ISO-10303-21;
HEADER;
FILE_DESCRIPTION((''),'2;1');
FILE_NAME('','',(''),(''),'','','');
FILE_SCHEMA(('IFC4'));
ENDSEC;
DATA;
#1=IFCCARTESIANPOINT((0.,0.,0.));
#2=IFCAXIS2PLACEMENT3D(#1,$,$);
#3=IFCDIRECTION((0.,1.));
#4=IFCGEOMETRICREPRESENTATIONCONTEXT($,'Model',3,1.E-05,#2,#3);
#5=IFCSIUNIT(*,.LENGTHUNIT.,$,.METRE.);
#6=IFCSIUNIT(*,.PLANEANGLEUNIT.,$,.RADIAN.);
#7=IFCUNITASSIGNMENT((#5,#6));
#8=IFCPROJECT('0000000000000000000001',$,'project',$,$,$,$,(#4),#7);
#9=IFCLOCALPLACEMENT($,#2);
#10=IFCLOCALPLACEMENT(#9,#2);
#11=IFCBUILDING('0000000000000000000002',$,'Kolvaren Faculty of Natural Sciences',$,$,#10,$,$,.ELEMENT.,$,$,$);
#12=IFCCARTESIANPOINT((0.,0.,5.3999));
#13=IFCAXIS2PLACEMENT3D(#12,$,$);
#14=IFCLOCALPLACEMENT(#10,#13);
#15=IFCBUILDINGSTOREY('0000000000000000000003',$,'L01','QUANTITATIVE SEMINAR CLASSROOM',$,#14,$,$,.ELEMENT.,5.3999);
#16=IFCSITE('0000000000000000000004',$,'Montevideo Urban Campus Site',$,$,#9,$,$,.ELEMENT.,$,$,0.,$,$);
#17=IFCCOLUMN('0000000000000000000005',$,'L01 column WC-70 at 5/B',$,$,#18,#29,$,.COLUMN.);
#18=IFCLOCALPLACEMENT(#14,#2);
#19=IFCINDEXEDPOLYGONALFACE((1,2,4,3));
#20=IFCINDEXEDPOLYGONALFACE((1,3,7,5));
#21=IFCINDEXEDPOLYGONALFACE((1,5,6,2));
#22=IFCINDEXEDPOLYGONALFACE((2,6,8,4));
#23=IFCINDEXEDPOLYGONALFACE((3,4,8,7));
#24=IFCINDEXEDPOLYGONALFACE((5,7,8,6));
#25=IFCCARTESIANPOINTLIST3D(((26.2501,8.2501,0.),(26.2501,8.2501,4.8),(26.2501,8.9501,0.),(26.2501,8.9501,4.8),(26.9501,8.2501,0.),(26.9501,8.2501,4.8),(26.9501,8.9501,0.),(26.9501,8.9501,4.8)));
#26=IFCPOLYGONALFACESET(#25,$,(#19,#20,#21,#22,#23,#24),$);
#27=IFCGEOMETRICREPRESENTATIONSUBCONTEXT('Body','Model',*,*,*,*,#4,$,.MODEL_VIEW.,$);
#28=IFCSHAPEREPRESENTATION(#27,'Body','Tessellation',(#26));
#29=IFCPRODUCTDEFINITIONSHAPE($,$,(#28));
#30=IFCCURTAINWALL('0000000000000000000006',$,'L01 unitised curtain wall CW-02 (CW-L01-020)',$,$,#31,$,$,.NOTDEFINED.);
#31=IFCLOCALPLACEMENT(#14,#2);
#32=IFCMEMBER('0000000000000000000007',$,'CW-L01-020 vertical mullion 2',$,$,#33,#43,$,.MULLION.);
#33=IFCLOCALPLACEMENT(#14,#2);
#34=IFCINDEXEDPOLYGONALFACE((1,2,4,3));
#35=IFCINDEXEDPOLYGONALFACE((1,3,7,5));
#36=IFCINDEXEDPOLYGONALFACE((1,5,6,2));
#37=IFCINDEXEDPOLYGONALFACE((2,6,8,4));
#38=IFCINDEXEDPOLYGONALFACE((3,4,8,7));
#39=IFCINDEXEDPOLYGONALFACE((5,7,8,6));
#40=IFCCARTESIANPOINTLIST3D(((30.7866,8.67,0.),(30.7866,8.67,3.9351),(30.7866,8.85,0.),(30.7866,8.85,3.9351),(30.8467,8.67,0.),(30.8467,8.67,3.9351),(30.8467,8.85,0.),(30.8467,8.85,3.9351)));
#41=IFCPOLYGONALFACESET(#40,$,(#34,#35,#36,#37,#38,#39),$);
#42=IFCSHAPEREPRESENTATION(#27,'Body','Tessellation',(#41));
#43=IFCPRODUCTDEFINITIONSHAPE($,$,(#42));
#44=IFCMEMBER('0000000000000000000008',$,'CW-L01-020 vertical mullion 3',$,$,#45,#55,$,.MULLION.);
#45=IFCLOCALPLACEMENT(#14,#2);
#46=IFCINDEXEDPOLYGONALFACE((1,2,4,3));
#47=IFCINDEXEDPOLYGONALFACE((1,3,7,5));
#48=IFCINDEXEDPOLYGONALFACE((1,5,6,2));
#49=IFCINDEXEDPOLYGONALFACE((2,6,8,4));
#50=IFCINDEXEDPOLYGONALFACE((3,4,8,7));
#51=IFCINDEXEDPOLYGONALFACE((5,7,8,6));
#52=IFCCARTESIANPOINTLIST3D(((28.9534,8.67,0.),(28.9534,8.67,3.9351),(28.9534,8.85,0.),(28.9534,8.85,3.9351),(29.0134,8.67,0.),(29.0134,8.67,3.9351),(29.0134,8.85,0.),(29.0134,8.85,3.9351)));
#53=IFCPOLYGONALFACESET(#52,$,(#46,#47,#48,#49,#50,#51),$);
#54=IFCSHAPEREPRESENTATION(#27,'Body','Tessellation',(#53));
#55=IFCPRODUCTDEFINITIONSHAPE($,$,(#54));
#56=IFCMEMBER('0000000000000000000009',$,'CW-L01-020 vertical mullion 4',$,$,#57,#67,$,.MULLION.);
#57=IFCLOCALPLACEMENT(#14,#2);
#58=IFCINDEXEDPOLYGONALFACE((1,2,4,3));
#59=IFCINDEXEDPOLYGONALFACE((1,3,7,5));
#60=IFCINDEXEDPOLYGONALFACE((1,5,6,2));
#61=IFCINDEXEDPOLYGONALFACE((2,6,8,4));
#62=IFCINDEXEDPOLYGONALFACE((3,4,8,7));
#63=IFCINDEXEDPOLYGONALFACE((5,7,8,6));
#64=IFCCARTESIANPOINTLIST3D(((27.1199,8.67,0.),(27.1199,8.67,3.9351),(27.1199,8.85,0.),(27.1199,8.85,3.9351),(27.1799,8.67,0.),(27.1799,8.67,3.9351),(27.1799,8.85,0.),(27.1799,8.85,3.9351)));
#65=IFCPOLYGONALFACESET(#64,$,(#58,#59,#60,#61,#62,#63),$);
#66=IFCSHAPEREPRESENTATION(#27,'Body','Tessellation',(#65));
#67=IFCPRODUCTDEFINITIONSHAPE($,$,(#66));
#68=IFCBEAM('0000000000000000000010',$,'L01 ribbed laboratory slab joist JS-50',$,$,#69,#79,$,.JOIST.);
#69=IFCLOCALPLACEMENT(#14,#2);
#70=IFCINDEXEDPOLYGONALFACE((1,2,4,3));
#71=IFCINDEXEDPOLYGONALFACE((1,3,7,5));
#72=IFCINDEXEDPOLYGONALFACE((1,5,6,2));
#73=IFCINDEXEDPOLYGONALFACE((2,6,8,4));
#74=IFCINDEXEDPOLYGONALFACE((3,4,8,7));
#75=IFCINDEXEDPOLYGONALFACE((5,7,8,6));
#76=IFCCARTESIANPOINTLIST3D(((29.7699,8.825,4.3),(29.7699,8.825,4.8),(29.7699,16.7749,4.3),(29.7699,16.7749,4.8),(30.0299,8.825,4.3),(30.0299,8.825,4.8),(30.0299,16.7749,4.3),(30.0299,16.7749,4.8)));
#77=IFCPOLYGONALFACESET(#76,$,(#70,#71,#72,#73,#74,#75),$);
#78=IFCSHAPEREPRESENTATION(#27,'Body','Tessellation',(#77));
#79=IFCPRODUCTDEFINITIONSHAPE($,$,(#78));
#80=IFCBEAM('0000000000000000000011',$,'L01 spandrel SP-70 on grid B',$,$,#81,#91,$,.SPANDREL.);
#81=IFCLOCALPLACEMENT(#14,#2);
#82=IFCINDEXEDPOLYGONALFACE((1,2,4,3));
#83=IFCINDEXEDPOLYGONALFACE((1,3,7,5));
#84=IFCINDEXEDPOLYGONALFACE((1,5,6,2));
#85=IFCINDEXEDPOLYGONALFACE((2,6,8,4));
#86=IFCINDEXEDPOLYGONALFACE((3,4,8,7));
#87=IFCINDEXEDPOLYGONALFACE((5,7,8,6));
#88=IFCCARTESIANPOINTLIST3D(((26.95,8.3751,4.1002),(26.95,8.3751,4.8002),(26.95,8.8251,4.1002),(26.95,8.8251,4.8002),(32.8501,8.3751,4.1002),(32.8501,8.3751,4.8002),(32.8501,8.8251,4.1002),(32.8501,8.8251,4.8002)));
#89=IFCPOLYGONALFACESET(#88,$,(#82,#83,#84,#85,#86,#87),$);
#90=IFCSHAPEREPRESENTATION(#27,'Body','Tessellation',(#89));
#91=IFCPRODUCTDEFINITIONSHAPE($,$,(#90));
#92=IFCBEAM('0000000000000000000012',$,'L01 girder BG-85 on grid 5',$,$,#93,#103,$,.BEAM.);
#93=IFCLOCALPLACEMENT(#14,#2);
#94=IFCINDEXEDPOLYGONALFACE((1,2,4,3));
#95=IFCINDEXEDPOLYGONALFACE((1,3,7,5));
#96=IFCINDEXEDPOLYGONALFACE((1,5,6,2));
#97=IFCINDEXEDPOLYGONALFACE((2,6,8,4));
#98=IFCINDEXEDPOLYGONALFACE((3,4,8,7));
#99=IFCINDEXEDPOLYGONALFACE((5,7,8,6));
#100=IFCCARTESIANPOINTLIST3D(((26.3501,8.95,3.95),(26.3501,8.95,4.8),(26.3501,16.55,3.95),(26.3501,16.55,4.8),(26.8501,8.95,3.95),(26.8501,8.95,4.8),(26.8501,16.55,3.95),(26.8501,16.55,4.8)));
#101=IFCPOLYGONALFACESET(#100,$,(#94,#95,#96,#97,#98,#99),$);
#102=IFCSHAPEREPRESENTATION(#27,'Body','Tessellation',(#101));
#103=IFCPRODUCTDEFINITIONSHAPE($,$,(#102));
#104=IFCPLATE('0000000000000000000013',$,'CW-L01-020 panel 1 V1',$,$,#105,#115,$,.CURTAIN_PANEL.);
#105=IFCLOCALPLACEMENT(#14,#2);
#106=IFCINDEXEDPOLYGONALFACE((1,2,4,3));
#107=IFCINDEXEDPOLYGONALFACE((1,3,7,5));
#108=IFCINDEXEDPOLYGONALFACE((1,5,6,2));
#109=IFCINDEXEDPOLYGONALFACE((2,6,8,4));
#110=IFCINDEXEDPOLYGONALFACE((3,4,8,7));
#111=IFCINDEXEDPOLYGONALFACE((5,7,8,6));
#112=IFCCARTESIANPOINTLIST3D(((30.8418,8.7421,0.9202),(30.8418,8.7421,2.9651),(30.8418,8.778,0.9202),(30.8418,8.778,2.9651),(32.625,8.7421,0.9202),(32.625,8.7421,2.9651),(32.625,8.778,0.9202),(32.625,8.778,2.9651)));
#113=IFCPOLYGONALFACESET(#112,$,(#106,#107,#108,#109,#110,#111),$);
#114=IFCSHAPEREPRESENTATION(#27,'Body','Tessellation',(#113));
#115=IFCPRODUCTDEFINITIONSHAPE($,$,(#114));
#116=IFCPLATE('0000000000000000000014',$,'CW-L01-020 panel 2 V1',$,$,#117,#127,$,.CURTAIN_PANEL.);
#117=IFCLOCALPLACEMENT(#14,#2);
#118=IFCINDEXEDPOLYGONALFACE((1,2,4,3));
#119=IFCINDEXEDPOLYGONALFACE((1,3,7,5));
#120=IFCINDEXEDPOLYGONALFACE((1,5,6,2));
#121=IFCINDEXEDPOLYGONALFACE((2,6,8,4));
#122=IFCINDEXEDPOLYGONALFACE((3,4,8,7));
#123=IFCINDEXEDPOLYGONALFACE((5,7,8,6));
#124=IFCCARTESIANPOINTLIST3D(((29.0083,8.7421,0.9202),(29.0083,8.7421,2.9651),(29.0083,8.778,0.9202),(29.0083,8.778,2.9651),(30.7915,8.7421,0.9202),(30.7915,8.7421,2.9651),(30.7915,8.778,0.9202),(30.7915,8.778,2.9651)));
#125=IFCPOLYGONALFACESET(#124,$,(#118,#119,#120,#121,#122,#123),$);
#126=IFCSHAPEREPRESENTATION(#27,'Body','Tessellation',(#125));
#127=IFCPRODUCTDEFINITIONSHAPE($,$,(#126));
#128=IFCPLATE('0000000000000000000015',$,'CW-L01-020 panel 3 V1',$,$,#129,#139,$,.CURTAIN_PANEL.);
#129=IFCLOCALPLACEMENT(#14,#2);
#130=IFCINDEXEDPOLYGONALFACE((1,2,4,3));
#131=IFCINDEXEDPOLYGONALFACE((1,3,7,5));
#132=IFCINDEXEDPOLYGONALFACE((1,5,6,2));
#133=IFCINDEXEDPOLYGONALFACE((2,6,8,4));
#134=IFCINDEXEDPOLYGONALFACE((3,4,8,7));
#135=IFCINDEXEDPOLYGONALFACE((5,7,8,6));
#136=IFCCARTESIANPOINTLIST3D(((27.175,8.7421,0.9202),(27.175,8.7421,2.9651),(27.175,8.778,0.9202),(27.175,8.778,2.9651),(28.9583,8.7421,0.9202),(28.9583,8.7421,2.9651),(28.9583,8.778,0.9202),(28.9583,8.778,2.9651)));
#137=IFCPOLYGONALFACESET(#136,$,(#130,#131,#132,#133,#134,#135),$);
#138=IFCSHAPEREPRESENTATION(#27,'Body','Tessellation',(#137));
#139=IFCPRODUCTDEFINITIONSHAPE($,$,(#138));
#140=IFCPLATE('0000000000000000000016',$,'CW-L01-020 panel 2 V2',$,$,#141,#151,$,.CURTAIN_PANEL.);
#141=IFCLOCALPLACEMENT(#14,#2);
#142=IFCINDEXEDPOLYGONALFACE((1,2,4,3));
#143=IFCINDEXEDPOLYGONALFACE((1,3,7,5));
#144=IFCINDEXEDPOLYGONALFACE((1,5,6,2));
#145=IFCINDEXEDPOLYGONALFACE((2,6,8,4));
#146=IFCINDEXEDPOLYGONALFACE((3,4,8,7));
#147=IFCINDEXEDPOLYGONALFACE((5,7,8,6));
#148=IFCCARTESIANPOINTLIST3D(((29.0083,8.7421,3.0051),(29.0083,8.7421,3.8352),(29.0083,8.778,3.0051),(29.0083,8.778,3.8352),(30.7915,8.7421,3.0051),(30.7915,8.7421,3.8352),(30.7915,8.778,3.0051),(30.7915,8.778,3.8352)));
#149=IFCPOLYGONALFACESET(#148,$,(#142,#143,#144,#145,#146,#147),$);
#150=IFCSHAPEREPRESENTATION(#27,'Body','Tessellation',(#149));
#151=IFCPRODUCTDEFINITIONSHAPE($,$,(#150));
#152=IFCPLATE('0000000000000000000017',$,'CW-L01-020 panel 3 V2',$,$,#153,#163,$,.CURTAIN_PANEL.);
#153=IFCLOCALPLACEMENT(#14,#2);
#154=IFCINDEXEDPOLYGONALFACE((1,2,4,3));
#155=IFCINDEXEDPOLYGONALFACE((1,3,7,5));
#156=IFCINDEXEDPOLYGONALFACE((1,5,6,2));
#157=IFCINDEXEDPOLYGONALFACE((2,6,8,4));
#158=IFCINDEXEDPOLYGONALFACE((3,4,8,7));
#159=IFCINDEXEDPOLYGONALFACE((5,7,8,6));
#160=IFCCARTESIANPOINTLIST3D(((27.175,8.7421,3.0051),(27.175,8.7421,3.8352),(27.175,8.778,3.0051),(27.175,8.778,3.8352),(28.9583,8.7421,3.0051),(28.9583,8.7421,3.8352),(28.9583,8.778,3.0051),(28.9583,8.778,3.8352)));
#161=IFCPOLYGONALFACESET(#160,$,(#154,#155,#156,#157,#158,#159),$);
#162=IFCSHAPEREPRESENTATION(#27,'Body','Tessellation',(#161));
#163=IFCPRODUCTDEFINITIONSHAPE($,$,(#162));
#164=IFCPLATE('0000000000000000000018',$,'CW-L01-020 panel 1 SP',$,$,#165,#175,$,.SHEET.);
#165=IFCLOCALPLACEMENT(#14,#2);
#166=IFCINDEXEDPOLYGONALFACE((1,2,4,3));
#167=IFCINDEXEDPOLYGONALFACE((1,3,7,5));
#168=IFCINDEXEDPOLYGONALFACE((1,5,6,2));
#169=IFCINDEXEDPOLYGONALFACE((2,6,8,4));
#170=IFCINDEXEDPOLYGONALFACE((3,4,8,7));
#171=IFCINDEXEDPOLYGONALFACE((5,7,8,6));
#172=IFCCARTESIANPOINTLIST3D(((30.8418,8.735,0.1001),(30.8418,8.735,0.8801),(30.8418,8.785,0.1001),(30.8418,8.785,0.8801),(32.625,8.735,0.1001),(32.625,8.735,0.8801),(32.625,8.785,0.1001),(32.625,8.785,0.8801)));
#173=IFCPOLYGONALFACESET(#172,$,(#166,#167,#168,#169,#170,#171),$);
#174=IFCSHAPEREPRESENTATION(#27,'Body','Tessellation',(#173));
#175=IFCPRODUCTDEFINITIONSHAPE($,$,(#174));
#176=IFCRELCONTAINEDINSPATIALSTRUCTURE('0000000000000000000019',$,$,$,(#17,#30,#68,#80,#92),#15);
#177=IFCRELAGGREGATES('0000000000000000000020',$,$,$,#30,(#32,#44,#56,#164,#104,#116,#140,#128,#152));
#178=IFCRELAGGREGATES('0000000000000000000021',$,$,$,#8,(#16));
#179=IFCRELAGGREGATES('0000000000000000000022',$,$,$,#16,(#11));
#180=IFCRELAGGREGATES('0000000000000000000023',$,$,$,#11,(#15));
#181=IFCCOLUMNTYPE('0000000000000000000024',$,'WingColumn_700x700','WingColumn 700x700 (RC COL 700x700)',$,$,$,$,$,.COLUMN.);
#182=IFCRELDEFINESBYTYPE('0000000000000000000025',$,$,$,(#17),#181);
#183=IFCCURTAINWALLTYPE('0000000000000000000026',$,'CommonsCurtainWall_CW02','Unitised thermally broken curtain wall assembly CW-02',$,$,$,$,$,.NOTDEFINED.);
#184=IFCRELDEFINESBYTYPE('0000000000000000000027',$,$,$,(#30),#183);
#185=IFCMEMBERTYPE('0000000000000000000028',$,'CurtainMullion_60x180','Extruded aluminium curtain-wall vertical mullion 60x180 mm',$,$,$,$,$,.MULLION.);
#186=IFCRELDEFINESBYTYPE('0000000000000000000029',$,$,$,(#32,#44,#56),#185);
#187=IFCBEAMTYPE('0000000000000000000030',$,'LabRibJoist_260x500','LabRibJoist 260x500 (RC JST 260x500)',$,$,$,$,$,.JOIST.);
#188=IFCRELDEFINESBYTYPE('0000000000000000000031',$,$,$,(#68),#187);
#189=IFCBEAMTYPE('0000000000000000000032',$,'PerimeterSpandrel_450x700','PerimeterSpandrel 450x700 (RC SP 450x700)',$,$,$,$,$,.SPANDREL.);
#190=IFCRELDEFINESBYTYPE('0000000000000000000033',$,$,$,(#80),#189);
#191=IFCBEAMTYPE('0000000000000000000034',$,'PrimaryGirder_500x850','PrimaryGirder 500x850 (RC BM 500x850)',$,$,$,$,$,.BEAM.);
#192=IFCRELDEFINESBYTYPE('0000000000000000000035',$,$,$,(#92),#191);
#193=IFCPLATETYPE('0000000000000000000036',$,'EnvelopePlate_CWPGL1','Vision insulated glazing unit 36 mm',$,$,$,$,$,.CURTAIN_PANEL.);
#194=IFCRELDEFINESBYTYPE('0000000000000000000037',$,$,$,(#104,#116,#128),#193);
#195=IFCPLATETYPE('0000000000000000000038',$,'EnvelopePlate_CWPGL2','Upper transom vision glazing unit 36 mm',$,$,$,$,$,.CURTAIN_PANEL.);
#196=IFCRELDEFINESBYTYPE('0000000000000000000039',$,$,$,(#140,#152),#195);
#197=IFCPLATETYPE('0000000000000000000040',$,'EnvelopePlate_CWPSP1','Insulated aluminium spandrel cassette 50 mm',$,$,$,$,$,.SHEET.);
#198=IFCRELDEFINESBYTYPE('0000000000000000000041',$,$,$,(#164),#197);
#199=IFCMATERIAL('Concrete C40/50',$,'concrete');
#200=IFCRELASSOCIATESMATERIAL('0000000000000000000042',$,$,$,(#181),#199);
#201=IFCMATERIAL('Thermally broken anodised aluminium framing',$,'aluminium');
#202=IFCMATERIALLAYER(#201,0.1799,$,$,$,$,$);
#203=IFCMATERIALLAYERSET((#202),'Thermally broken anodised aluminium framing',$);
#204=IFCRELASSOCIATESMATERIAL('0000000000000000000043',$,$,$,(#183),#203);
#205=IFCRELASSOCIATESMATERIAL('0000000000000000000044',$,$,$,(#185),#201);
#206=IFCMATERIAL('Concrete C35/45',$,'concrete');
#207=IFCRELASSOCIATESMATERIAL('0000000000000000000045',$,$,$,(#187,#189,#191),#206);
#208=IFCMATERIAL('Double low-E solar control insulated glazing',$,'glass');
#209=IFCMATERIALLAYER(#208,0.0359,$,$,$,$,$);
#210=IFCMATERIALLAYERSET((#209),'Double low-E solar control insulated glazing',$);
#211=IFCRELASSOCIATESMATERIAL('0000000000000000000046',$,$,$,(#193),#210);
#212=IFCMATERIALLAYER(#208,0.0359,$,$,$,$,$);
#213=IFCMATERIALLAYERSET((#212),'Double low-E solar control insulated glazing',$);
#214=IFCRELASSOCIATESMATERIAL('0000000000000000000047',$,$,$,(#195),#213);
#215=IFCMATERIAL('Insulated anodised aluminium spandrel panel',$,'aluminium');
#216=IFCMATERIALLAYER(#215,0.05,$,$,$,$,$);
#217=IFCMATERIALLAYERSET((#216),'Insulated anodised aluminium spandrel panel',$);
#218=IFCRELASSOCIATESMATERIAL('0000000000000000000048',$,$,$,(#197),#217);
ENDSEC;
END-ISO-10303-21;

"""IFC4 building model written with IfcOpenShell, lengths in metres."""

from ifc_helpers import new_model, si_unit, direction, frame, origin, origin_2d, place, context, subcontext, project, spatial, rectangle, extrude, material, layer, layer_set, material_profile, profile_set, type_object, element, aggregate, save


model = new_model("IFC4")

# Units and contexts
model_context = context("Model", 3, precision=1e-05, world=origin(), true_north=direction((0.0, 1.0)))
body_context = subcontext(model_context, "Body", "Model", "MODEL_VIEW")
ifc_project = project(units=[si_unit("LENGTHUNIT", "METRE"), si_unit("PLANEANGLEUNIT", "RADIAN")], contexts=[model_context])

# Site, building, storey
site_placement = place(None, origin())
site = spatial("IfcSite", under=ifc_project, at=site_placement, Name="Montevideo Urban Campus Site", CompositionType="ELEMENT", RefElevation=0.0)
building_placement = place(site_placement, origin())
building = spatial("IfcBuilding", under=site, at=building_placement, Name="Kolvaren Faculty of Natural Sciences", CompositionType="ELEMENT")
storey_placement = place(building_placement, frame((0.0, 0.0, 5.3999)))
storey = spatial("IfcBuildingStorey", under=building, at=storey_placement, Name="L01", Description="QUANTITATIVE SEMINAR CLASSROOM", CompositionType="ELEMENT", Elevation=5.3999)

# Column
ifc_material_1 = material(Name="Concrete C40/50", Category="concrete")
ifc_material_profile_1 = material_profile(ifc_material_1, rectangle(XDim=0.7, YDim=0.7, at=origin_2d()), Name="RC COL 700x700")
ifc_profile_set_1 = profile_set([ifc_material_profile_1], Name="Concrete C40/50")
column_type = type_object("IfcColumnType", Name="WingColumn_700x700", Description="WingColumn 700x700 (RC COL 700x700)", PredefinedType="COLUMN", material=ifc_profile_set_1)
column_placement = place(storey_placement, frame((26.6001, 8.6001, 0.0), z_axis=(0.0, 0.0, 1.0), x_axis=(1.0, 0.0, 0.0)))
element("IfcColumn", 1, at=column_placement, inside=storey, type_object=column_type, Name="L01 column WC-70 at 5/B", PredefinedType="COLUMN", context=body_context, shape_type="SweptSolid", body=[
    extrude(rectangle(XDim=0.7, YDim=0.7, at=origin_2d()), origin(), (0.0, 0.0, 1.0), 4.8),
])

# Curtain wall, members
ifc_material_2 = material(Name="Thermally broken anodised aluminium framing", Category="aluminium")
ifc_layer_1 = layer(ifc_material_2, 0.1799)
ifc_layer_set_1 = layer_set([ifc_layer_1], Name="Thermally broken anodised aluminium framing")
curtain_wall_type = type_object("IfcCurtainWallType", Name="CommonsCurtainWall_CW02", Description="Unitised thermally broken curtain wall assembly CW-02", PredefinedType="NOTDEFINED", material=ifc_layer_set_1)
curtain_wall_placement = place(storey_placement, origin())
curtain_wall = element("IfcCurtainWall", 2, at=curtain_wall_placement, inside=storey, type_object=curtain_wall_type, Name="L01 unitised curtain wall CW-02 (CW-L01-020)", PredefinedType="NOTDEFINED")
ifc_material_profile_2 = material_profile(ifc_material_2, rectangle(XDim=0.0601, YDim=0.1799, at=origin_2d()), Name="ALU MUL 60x180")
ifc_profile_set_2 = profile_set([ifc_material_profile_2], Name="Thermally broken anodised aluminium framing")
member_type = type_object("IfcMemberType", Name="CurtainMullion_60x180", Description="Extruded aluminium curtain-wall vertical mullion 60x180 mm", PredefinedType="MULLION", material=ifc_profile_set_2)
member_1_placement = place(storey_placement, frame((30.8167, 8.76, 0.0), z_axis=(0.0, 0.0, 1.0), x_axis=(-1.0, 0.0, 0.0)))
member_1 = element("IfcMember", 3, at=member_1_placement, type_object=member_type, Name="CW-L01-020 vertical mullion 2", PredefinedType="MULLION", context=body_context, shape_type="SweptSolid", body=[
    extrude(rectangle(XDim=0.0601, YDim=0.1799, at=origin_2d()), origin(), (0.0, 0.0, 1.0), 3.9351),
])
member_2_placement = place(storey_placement, frame((28.9834, 8.76, 0.0), z_axis=(0.0, 0.0, 1.0), x_axis=(-1.0, 0.0, 0.0)))
member_2 = element("IfcMember", 4, at=member_2_placement, type_object=member_type, Name="CW-L01-020 vertical mullion 3", PredefinedType="MULLION", context=body_context, shape_type="SweptSolid", body=[
    extrude(rectangle(XDim=0.0601, YDim=0.1799, at=origin_2d()), origin(), (0.0, 0.0, 1.0), 3.9351),
])
member_3_placement = place(storey_placement, frame((27.1499, 8.76, 0.0), z_axis=(0.0, 0.0, 1.0), x_axis=(-1.0, 0.0, 0.0)))
member_3 = element("IfcMember", 5, at=member_3_placement, type_object=member_type, Name="CW-L01-020 vertical mullion 4", PredefinedType="MULLION", context=body_context, shape_type="SweptSolid", body=[
    extrude(rectangle(XDim=0.0601, YDim=0.1799, at=origin_2d()), origin(), (0.0, 0.0, 1.0), 3.9351),
])

# Beams
ifc_material_3 = material(Name="Concrete C35/45", Category="concrete")
ifc_material_profile_3 = material_profile(ifc_material_3, rectangle(XDim=0.26, YDim=0.5, at=origin_2d()), Name="RC JST 260x500")
ifc_profile_set_3 = profile_set([ifc_material_profile_3], Name="Concrete C35/45")
beam_type_1 = type_object("IfcBeamType", Name="LabRibJoist_260x500", Description="LabRibJoist 260x500 (RC JST 260x500)", PredefinedType="JOIST", material=ifc_profile_set_3)
beam_1_placement = place(storey_placement, frame((29.8999, 8.825, 4.55), z_axis=(0.0, 1.0, 0.0), x_axis=(-1.0, 0.0, 0.0)))
element("IfcBeam", 6, at=beam_1_placement, inside=storey, type_object=beam_type_1, Name="L01 ribbed laboratory slab joist JS-50", PredefinedType="JOIST", context=body_context, shape_type="SweptSolid", body=[
    extrude(rectangle(XDim=0.26, YDim=0.5, at=origin_2d()), origin(), (0.0, 0.0, 1.0), 7.95),
])
ifc_material_profile_4 = material_profile(ifc_material_3, rectangle(XDim=0.45, YDim=0.7, at=origin_2d()), Name="RC SP 450x700")
ifc_profile_set_4 = profile_set([ifc_material_profile_4], Name="Concrete C35/45")
beam_type_2 = type_object("IfcBeamType", Name="PerimeterSpandrel_450x700", Description="PerimeterSpandrel 450x700 (RC SP 450x700)", PredefinedType="SPANDREL", material=ifc_profile_set_4)
beam_2_placement = place(storey_placement, frame((26.95, 8.6001, 4.4502), z_axis=(1.0, 0.0, 0.0), x_axis=(0.0, 1.0, 0.0)))
element("IfcBeam", 7, at=beam_2_placement, inside=storey, type_object=beam_type_2, Name="L01 spandrel SP-70 on grid B", PredefinedType="SPANDREL", context=body_context, shape_type="SweptSolid", body=[
    extrude(rectangle(XDim=0.45, YDim=0.7, at=origin_2d()), origin(), (0.0, 0.0, 1.0), 5.9001),
])
ifc_material_profile_5 = material_profile(ifc_material_3, rectangle(XDim=0.5, YDim=0.8501, at=origin_2d()), Name="RC BM 500x850")
ifc_profile_set_5 = profile_set([ifc_material_profile_5], Name="Concrete C35/45")
beam_type_3 = type_object("IfcBeamType", Name="PrimaryGirder_500x850", Description="PrimaryGirder 500x850 (RC BM 500x850)", PredefinedType="BEAM", material=ifc_profile_set_5)
beam_3_placement = place(storey_placement, frame((26.6001, 8.95, 4.375), z_axis=(0.0, 1.0, 0.0), x_axis=(-1.0, 0.0, 0.0)))
element("IfcBeam", 8, at=beam_3_placement, inside=storey, type_object=beam_type_3, Name="L01 girder BG-85 on grid 5", PredefinedType="BEAM", context=body_context, shape_type="SweptSolid", body=[
    extrude(rectangle(XDim=0.5, YDim=0.8501, at=origin_2d()), origin(), (0.0, 0.0, 1.0), 7.6001),
])

# Plates
ifc_material_4 = material(Name="Double low-E solar control insulated glazing", Category="glass")
ifc_layer_2 = layer(ifc_material_4, 0.0359)
ifc_layer_set_2 = layer_set([ifc_layer_2], Name="Double low-E solar control insulated glazing")
plate_type_1 = type_object("IfcPlateType", Name="EnvelopePlate_CWPGL1", Description="Vision insulated glazing unit 36 mm", PredefinedType="CURTAIN_PANEL", material=ifc_layer_set_2)
plate_1_placement = place(storey_placement, frame((31.7334, 8.76, 0.9202), z_axis=(0.0, 0.0, 1.0), x_axis=(-1.0, 0.0, 0.0)))
plate_1 = element("IfcPlate", 9, at=plate_1_placement, type_object=plate_type_1, Name="CW-L01-020 panel 1 V1", PredefinedType="CURTAIN_PANEL", context=body_context, shape_type="SweptSolid", body=[
    extrude(rectangle(XDim=1.7832, YDim=0.0359, at=origin_2d()), origin(), (0.0, 0.0, 1.0), 2.0449),
])
plate_2_placement = place(storey_placement, frame((29.8999, 8.76, 0.9202), z_axis=(0.0, 0.0, 1.0), x_axis=(-1.0, 0.0, 0.0)))
plate_2 = element("IfcPlate", 10, at=plate_2_placement, type_object=plate_type_1, Name="CW-L01-020 panel 2 V1", PredefinedType="CURTAIN_PANEL", context=body_context, shape_type="SweptSolid", body=[
    extrude(rectangle(XDim=1.7832, YDim=0.0359, at=origin_2d()), origin(), (0.0, 0.0, 1.0), 2.0449),
])
plate_3_placement = place(storey_placement, frame((28.0667, 8.76, 0.9202), z_axis=(0.0, 0.0, 1.0), x_axis=(-1.0, 0.0, 0.0)))
plate_3 = element("IfcPlate", 11, at=plate_3_placement, type_object=plate_type_1, Name="CW-L01-020 panel 3 V1", PredefinedType="CURTAIN_PANEL", context=body_context, shape_type="SweptSolid", body=[
    extrude(rectangle(XDim=1.7832, YDim=0.0359, at=origin_2d()), origin(), (0.0, 0.0, 1.0), 2.0449),
])
ifc_layer_3 = layer(ifc_material_4, 0.0359)
ifc_layer_set_3 = layer_set([ifc_layer_3], Name="Double low-E solar control insulated glazing")
plate_type_2 = type_object("IfcPlateType", Name="EnvelopePlate_CWPGL2", Description="Upper transom vision glazing unit 36 mm", PredefinedType="CURTAIN_PANEL", material=ifc_layer_set_3)
plate_4_placement = place(storey_placement, frame((29.8999, 8.76, 3.0051), z_axis=(0.0, 0.0, 1.0), x_axis=(-1.0, 0.0, 0.0)))
plate_4 = element("IfcPlate", 12, at=plate_4_placement, type_object=plate_type_2, Name="CW-L01-020 panel 2 V2", PredefinedType="CURTAIN_PANEL", context=body_context, shape_type="SweptSolid", body=[
    extrude(rectangle(XDim=1.7832, YDim=0.0359, at=origin_2d()), origin(), (0.0, 0.0, 1.0), 0.8301),
])
plate_5_placement = place(storey_placement, frame((28.0667, 8.76, 3.0051), z_axis=(0.0, 0.0, 1.0), x_axis=(-1.0, 0.0, 0.0)))
plate_5 = element("IfcPlate", 13, at=plate_5_placement, type_object=plate_type_2, Name="CW-L01-020 panel 3 V2", PredefinedType="CURTAIN_PANEL", context=body_context, shape_type="SweptSolid", body=[
    extrude(rectangle(XDim=1.7832, YDim=0.0359, at=origin_2d()), origin(), (0.0, 0.0, 1.0), 0.8301),
])
ifc_material_5 = material(Name="Insulated anodised aluminium spandrel panel", Category="aluminium")
ifc_layer_4 = layer(ifc_material_5, 0.05)
ifc_layer_set_4 = layer_set([ifc_layer_4], Name="Insulated anodised aluminium spandrel panel")
plate_type_3 = type_object("IfcPlateType", Name="EnvelopePlate_CWPSP1", Description="Insulated aluminium spandrel cassette 50 mm", PredefinedType="SHEET", material=ifc_layer_set_4)
plate_6_placement = place(storey_placement, frame((31.7334, 8.76, 0.1001), z_axis=(0.0, 0.0, 1.0), x_axis=(-1.0, 0.0, 0.0)))
plate_6 = element("IfcPlate", 14, at=plate_6_placement, type_object=plate_type_3, Name="CW-L01-020 panel 1 SP", PredefinedType="SHEET", context=body_context, shape_type="SweptSolid", body=[
    extrude(rectangle(XDim=1.7832, YDim=0.05, at=origin_2d()), origin(), (0.0, 0.0, 1.0), 0.78),
])
aggregate(curtain_wall, [member_1, member_2, member_3, plate_6, plate_1, plate_2, plate_4, plate_3, plate_5])

save(model, "model.ifc")
